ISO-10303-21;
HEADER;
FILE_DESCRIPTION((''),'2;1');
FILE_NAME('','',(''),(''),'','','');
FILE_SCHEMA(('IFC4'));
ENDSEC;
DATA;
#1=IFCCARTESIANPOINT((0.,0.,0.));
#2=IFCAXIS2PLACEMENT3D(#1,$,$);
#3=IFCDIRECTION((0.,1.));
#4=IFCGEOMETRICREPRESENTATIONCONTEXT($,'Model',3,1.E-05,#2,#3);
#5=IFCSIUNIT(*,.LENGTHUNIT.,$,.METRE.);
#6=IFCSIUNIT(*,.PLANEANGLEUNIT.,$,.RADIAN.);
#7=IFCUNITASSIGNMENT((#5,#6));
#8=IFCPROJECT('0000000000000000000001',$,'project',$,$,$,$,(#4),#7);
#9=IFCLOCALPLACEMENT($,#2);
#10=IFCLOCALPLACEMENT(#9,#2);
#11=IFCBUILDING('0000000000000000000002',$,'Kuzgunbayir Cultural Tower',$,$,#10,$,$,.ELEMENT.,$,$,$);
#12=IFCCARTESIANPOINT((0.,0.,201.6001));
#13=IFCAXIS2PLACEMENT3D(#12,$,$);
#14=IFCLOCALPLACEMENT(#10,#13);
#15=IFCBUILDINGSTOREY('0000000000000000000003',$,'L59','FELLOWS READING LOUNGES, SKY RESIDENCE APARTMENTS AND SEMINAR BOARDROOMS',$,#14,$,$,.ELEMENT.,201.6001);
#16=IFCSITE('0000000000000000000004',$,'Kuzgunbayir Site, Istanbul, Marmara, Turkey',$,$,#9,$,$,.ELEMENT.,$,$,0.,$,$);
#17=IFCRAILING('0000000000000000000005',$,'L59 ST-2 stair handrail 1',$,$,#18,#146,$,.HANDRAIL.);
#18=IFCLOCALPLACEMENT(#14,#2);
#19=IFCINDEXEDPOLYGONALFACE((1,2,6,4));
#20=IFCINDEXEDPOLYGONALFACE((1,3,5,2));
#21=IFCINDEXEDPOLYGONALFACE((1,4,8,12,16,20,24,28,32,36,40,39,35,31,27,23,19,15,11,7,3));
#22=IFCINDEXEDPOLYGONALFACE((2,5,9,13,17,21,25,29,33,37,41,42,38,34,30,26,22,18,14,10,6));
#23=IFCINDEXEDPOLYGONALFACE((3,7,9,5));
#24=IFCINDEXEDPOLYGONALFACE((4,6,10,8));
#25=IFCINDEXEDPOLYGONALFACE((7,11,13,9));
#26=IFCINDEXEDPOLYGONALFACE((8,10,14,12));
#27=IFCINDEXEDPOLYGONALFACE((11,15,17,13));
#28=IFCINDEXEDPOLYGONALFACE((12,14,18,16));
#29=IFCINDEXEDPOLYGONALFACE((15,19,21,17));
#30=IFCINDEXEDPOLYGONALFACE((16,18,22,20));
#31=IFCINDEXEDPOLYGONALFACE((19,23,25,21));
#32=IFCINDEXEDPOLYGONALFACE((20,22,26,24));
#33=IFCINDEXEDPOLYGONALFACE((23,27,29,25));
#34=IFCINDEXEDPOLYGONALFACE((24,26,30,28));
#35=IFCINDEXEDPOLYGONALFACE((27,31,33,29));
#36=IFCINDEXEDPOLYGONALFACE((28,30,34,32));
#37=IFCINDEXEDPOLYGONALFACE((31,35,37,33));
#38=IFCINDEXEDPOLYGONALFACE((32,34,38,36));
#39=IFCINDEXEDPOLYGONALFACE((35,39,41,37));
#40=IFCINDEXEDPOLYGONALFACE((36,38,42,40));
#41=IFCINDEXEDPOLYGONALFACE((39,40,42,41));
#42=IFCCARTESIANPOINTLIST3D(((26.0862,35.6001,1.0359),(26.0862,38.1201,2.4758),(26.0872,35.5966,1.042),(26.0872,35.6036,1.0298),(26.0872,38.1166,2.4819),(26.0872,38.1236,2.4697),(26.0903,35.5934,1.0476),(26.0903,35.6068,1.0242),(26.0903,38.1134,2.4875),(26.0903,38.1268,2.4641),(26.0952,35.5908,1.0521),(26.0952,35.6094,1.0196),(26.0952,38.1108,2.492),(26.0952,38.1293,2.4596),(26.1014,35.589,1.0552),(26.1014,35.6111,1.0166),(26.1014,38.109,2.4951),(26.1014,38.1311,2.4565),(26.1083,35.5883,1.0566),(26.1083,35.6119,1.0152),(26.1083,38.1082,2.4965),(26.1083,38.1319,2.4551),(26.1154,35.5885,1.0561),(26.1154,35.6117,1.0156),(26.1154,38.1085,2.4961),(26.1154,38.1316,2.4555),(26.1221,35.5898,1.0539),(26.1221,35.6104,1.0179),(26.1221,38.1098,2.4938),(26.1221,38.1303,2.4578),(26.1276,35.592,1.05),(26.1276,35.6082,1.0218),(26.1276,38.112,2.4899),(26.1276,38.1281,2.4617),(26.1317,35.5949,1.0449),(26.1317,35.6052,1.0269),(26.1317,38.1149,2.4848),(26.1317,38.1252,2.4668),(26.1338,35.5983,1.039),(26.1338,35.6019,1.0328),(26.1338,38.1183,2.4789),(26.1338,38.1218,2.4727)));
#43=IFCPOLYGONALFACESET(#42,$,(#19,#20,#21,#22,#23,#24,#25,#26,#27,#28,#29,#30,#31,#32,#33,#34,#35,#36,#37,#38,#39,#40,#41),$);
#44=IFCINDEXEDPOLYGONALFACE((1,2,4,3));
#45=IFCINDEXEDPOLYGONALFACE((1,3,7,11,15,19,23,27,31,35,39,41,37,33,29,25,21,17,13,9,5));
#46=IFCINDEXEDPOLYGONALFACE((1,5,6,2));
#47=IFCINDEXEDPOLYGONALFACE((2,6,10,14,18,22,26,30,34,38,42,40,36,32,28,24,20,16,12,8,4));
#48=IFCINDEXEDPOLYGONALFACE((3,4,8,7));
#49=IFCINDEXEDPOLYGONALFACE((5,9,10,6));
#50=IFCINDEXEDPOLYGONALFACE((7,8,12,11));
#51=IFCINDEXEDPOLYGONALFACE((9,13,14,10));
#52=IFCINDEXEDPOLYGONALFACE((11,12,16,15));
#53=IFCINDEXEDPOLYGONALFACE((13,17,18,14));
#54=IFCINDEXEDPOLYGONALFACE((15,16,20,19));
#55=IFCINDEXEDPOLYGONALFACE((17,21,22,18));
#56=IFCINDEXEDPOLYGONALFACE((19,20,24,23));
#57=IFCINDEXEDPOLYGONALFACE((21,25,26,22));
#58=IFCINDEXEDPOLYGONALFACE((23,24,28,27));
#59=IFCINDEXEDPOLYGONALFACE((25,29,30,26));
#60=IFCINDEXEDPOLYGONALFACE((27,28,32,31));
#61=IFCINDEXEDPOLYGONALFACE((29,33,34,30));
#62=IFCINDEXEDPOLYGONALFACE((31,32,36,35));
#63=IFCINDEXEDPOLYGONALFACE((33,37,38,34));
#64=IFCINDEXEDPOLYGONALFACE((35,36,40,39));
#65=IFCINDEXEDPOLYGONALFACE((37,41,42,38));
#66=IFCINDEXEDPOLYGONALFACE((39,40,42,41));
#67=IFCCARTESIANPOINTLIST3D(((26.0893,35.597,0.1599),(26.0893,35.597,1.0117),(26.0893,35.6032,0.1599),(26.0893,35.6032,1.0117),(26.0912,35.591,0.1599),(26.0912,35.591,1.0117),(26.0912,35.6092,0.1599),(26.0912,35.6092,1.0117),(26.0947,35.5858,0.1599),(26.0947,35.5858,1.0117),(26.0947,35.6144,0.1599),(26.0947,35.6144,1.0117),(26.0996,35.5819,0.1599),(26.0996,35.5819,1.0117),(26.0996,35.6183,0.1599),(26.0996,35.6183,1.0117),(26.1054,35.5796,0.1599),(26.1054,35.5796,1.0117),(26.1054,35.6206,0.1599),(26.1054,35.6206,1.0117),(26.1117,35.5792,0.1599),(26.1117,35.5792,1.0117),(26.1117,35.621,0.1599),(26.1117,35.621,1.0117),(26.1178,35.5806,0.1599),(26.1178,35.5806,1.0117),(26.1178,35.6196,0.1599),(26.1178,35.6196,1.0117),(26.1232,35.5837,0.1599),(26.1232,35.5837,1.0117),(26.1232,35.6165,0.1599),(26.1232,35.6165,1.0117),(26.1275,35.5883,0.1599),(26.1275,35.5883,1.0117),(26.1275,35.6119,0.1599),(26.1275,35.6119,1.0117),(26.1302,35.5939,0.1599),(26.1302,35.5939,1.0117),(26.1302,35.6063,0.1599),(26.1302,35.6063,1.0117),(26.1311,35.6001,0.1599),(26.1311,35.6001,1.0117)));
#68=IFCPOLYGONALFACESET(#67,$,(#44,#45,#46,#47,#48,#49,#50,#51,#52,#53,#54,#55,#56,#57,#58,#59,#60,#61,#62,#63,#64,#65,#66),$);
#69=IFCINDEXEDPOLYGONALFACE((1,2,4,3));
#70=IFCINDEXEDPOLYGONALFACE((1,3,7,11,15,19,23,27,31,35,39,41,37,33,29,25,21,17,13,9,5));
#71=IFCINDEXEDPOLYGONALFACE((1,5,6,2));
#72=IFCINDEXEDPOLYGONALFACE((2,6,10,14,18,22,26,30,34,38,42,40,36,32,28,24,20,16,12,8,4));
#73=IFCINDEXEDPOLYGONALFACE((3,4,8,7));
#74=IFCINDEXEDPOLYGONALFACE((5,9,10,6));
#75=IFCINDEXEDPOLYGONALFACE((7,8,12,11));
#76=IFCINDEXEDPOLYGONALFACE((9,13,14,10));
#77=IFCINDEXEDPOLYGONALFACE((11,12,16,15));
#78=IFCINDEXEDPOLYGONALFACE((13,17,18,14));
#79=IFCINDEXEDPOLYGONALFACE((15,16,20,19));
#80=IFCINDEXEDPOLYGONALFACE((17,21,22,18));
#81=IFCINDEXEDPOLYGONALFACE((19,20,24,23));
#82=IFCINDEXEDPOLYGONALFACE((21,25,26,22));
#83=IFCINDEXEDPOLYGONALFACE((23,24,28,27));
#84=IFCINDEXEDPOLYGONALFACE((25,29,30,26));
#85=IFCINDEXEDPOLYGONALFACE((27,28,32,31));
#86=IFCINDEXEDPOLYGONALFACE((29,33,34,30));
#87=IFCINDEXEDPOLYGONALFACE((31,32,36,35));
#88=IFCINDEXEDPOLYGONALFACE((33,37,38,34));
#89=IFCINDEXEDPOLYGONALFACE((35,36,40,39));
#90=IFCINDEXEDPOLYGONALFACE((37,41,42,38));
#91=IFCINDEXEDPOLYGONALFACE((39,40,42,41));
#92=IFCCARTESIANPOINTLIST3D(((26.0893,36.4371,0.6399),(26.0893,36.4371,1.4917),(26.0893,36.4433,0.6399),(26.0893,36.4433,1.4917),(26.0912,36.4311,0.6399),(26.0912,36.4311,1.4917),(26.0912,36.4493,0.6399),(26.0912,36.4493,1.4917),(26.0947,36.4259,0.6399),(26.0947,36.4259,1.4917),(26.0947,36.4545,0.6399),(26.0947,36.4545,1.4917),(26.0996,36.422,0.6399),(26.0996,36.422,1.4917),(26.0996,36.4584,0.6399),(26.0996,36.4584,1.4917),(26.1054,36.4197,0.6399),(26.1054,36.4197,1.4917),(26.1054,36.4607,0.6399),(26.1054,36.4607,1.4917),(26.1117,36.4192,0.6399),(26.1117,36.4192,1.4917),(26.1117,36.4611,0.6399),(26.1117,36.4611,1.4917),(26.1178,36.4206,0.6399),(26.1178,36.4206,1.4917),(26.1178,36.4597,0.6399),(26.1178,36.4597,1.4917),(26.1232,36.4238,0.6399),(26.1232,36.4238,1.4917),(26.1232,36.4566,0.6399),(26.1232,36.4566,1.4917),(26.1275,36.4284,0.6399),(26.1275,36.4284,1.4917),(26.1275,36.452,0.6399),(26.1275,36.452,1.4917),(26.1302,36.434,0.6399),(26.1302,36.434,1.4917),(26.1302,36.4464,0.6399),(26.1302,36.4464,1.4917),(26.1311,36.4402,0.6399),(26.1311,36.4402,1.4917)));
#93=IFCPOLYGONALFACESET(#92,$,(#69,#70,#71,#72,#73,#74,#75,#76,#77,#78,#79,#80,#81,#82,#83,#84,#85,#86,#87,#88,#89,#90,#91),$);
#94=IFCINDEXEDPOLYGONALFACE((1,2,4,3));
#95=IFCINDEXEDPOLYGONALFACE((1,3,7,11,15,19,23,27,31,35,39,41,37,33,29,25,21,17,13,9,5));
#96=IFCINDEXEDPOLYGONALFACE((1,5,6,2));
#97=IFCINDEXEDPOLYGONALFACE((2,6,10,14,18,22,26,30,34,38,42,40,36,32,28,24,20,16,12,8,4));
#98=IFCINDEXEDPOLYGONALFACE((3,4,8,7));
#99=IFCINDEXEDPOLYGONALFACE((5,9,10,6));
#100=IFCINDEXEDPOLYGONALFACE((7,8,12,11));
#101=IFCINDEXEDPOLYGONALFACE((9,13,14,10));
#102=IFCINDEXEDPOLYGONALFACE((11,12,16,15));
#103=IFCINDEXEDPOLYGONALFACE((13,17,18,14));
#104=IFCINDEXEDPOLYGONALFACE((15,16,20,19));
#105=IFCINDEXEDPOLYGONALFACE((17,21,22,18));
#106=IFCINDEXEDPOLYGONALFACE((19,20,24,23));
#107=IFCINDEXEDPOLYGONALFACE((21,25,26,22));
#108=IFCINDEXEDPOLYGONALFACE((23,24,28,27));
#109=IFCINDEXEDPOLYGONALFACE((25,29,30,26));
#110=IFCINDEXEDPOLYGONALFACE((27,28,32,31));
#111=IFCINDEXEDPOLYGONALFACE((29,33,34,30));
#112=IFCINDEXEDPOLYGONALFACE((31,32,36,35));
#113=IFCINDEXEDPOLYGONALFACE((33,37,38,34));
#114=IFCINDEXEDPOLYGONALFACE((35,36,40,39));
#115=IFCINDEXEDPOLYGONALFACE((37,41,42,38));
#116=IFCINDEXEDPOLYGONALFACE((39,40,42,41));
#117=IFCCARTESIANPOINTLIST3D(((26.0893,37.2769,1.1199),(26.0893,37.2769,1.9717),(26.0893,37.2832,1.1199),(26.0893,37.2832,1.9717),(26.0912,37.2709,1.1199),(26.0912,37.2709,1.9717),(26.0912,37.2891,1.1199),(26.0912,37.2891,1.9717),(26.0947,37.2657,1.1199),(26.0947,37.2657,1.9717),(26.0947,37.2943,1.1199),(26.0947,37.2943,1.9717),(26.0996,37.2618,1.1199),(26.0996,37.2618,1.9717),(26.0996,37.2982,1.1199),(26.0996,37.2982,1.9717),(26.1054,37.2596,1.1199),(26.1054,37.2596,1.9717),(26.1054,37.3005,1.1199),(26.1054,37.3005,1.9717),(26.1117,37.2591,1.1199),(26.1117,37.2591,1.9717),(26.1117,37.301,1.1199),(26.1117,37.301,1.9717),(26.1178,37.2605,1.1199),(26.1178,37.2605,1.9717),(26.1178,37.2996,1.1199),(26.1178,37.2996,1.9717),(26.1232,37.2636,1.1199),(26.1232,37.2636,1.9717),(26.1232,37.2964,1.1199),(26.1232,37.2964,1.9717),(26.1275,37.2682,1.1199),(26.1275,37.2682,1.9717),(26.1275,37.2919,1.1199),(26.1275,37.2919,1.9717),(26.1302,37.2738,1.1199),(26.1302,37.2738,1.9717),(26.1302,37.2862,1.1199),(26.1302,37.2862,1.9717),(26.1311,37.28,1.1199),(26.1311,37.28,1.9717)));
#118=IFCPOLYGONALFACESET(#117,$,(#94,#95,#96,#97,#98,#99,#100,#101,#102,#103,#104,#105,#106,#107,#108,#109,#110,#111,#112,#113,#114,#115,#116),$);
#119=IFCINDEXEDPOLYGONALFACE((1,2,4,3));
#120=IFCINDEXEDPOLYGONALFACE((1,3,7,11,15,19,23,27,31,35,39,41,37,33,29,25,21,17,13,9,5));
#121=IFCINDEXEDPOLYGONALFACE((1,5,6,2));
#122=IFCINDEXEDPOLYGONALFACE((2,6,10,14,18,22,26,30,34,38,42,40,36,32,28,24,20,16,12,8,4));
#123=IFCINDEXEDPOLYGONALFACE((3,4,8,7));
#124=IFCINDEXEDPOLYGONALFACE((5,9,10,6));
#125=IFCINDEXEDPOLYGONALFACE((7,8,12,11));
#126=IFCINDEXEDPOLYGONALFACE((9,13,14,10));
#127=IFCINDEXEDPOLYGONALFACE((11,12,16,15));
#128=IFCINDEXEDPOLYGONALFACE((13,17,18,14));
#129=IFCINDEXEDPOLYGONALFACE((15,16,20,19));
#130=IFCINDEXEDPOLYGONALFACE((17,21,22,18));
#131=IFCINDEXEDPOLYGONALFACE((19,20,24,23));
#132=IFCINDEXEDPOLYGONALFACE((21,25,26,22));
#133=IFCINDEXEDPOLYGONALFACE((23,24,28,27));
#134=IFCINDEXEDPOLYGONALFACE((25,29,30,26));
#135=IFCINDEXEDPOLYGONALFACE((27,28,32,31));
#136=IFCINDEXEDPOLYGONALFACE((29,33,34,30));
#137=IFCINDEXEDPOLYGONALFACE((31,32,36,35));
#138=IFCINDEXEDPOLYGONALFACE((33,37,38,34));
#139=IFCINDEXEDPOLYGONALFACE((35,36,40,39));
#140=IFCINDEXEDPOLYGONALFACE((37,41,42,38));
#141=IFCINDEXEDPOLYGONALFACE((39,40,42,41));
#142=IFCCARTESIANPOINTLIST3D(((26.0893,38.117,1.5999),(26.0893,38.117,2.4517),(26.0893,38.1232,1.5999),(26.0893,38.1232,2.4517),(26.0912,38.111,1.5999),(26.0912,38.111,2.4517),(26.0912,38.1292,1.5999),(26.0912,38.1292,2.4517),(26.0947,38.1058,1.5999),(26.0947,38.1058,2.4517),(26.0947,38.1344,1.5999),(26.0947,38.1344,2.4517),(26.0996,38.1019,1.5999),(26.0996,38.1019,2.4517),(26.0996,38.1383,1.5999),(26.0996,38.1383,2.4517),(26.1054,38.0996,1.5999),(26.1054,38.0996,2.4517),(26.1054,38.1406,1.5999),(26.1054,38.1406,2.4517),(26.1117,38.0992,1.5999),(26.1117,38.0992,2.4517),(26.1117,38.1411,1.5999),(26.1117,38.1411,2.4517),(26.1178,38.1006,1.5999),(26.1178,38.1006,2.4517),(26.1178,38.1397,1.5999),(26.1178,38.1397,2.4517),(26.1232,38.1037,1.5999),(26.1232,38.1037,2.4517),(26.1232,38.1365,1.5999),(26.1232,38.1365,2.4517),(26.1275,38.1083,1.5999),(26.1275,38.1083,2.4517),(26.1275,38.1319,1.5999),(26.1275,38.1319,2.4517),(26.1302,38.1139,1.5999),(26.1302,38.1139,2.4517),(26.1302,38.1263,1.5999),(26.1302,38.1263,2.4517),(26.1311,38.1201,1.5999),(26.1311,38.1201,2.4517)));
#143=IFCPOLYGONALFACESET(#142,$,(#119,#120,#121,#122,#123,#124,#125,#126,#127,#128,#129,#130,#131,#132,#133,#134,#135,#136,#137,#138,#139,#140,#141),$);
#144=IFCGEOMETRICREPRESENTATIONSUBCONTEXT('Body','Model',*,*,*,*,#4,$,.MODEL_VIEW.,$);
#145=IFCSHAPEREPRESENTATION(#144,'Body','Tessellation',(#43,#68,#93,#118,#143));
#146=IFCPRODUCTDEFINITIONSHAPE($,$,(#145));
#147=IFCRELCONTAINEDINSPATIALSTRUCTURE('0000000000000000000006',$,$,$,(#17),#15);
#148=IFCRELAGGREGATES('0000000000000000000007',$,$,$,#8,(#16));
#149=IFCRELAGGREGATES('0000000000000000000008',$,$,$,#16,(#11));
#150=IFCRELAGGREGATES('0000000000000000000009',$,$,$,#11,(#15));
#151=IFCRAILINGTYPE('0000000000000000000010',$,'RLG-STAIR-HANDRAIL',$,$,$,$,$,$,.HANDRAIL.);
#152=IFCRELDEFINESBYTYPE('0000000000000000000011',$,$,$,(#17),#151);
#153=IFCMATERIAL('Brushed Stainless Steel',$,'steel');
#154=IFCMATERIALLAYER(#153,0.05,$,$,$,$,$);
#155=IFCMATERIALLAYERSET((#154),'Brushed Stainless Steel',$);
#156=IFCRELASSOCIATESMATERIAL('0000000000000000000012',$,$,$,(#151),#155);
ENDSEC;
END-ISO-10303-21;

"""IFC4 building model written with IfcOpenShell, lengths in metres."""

from ifc_helpers import new_model, si_unit, direction, frame, origin, origin_2d, place, context, subcontext, project, spatial, circle, extrude, material, layer, layer_set, type_object, element, save


model = new_model("IFC4")

# Units and contexts
model_context = context("Model", 3, precision=1e-05, world=origin(), true_north=direction((0.0, 1.0)))
body_context = subcontext(model_context, "Body", "Model", "MODEL_VIEW")
ifc_project = project(units=[si_unit("LENGTHUNIT", "METRE"), si_unit("PLANEANGLEUNIT", "RADIAN")], contexts=[model_context])

# Site, building, storey
site_placement = place(None, origin())
site = spatial("IfcSite", under=ifc_project, at=site_placement, Name="Kuzgunbayir Site, Istanbul, Marmara, Turkey", CompositionType="ELEMENT", RefElevation=0.0)
building_placement = place(site_placement, origin())
building = spatial("IfcBuilding", under=site, at=building_placement, Name="Kuzgunbayir Cultural Tower", CompositionType="ELEMENT")
storey_placement = place(building_placement, frame((0.0, 0.0, 201.6001)))
storey = spatial("IfcBuildingStorey", under=building, at=storey_placement, Name="L59", Description="FELLOWS READING LOUNGES, SKY RESIDENCE APARTMENTS AND SEMINAR BOARDROOMS", CompositionType="ELEMENT", Elevation=201.6001)

# Shared definitions
ifc_material_1 = material(Name="Brushed Stainless Steel", Category="steel")

# Railing
ifc_layer_1 = layer(ifc_material_1, 0.05)
ifc_layer_set_1 = layer_set([ifc_layer_1], Name="Brushed Stainless Steel")
railing_type_1 = type_object("IfcRailingType", Name="RLG-STAIR-HANDRAIL", PredefinedType="HANDRAIL", material=ifc_layer_set_1)
railing_1_placement = place(storey_placement, frame((26.1101, 35.6001, 0.1599)))
element("IfcRailing", 1, at=railing_1_placement, inside=storey, type_object=railing_type_1, Name="L59 ST-2 stair handrail 1", PredefinedType="HANDRAIL", context=body_context, shape_type="SweptSolid", body=[
    extrude(circle(Radius=0.0239, at=origin_2d()), frame((0.0, 0.0, 0.876), z_axis=(0.0, 0.868253, 0.496121), x_axis=(-1.0, 0.0, 0.0)), (0.0, 0.0, 1.0), 2.9023),
    extrude(circle(Radius=0.021, at=origin_2d()), origin(), (0.0, 0.0, 1.0), 0.8518),
    extrude(circle(Radius=0.021, at=origin_2d()), frame((0.0, 0.8401, 0.48)), (0.0, 0.0, 1.0), 0.8518),
    extrude(circle(Radius=0.021, at=origin_2d()), frame((0.0, 1.6799, 0.96)), (0.0, 0.0, 1.0), 0.8518),
    extrude(circle(Radius=0.021, at=origin_2d()), frame((0.0, 2.52, 1.4399)), (0.0, 0.0, 1.0), 0.8518),
])

save(model, "model.ifc")
